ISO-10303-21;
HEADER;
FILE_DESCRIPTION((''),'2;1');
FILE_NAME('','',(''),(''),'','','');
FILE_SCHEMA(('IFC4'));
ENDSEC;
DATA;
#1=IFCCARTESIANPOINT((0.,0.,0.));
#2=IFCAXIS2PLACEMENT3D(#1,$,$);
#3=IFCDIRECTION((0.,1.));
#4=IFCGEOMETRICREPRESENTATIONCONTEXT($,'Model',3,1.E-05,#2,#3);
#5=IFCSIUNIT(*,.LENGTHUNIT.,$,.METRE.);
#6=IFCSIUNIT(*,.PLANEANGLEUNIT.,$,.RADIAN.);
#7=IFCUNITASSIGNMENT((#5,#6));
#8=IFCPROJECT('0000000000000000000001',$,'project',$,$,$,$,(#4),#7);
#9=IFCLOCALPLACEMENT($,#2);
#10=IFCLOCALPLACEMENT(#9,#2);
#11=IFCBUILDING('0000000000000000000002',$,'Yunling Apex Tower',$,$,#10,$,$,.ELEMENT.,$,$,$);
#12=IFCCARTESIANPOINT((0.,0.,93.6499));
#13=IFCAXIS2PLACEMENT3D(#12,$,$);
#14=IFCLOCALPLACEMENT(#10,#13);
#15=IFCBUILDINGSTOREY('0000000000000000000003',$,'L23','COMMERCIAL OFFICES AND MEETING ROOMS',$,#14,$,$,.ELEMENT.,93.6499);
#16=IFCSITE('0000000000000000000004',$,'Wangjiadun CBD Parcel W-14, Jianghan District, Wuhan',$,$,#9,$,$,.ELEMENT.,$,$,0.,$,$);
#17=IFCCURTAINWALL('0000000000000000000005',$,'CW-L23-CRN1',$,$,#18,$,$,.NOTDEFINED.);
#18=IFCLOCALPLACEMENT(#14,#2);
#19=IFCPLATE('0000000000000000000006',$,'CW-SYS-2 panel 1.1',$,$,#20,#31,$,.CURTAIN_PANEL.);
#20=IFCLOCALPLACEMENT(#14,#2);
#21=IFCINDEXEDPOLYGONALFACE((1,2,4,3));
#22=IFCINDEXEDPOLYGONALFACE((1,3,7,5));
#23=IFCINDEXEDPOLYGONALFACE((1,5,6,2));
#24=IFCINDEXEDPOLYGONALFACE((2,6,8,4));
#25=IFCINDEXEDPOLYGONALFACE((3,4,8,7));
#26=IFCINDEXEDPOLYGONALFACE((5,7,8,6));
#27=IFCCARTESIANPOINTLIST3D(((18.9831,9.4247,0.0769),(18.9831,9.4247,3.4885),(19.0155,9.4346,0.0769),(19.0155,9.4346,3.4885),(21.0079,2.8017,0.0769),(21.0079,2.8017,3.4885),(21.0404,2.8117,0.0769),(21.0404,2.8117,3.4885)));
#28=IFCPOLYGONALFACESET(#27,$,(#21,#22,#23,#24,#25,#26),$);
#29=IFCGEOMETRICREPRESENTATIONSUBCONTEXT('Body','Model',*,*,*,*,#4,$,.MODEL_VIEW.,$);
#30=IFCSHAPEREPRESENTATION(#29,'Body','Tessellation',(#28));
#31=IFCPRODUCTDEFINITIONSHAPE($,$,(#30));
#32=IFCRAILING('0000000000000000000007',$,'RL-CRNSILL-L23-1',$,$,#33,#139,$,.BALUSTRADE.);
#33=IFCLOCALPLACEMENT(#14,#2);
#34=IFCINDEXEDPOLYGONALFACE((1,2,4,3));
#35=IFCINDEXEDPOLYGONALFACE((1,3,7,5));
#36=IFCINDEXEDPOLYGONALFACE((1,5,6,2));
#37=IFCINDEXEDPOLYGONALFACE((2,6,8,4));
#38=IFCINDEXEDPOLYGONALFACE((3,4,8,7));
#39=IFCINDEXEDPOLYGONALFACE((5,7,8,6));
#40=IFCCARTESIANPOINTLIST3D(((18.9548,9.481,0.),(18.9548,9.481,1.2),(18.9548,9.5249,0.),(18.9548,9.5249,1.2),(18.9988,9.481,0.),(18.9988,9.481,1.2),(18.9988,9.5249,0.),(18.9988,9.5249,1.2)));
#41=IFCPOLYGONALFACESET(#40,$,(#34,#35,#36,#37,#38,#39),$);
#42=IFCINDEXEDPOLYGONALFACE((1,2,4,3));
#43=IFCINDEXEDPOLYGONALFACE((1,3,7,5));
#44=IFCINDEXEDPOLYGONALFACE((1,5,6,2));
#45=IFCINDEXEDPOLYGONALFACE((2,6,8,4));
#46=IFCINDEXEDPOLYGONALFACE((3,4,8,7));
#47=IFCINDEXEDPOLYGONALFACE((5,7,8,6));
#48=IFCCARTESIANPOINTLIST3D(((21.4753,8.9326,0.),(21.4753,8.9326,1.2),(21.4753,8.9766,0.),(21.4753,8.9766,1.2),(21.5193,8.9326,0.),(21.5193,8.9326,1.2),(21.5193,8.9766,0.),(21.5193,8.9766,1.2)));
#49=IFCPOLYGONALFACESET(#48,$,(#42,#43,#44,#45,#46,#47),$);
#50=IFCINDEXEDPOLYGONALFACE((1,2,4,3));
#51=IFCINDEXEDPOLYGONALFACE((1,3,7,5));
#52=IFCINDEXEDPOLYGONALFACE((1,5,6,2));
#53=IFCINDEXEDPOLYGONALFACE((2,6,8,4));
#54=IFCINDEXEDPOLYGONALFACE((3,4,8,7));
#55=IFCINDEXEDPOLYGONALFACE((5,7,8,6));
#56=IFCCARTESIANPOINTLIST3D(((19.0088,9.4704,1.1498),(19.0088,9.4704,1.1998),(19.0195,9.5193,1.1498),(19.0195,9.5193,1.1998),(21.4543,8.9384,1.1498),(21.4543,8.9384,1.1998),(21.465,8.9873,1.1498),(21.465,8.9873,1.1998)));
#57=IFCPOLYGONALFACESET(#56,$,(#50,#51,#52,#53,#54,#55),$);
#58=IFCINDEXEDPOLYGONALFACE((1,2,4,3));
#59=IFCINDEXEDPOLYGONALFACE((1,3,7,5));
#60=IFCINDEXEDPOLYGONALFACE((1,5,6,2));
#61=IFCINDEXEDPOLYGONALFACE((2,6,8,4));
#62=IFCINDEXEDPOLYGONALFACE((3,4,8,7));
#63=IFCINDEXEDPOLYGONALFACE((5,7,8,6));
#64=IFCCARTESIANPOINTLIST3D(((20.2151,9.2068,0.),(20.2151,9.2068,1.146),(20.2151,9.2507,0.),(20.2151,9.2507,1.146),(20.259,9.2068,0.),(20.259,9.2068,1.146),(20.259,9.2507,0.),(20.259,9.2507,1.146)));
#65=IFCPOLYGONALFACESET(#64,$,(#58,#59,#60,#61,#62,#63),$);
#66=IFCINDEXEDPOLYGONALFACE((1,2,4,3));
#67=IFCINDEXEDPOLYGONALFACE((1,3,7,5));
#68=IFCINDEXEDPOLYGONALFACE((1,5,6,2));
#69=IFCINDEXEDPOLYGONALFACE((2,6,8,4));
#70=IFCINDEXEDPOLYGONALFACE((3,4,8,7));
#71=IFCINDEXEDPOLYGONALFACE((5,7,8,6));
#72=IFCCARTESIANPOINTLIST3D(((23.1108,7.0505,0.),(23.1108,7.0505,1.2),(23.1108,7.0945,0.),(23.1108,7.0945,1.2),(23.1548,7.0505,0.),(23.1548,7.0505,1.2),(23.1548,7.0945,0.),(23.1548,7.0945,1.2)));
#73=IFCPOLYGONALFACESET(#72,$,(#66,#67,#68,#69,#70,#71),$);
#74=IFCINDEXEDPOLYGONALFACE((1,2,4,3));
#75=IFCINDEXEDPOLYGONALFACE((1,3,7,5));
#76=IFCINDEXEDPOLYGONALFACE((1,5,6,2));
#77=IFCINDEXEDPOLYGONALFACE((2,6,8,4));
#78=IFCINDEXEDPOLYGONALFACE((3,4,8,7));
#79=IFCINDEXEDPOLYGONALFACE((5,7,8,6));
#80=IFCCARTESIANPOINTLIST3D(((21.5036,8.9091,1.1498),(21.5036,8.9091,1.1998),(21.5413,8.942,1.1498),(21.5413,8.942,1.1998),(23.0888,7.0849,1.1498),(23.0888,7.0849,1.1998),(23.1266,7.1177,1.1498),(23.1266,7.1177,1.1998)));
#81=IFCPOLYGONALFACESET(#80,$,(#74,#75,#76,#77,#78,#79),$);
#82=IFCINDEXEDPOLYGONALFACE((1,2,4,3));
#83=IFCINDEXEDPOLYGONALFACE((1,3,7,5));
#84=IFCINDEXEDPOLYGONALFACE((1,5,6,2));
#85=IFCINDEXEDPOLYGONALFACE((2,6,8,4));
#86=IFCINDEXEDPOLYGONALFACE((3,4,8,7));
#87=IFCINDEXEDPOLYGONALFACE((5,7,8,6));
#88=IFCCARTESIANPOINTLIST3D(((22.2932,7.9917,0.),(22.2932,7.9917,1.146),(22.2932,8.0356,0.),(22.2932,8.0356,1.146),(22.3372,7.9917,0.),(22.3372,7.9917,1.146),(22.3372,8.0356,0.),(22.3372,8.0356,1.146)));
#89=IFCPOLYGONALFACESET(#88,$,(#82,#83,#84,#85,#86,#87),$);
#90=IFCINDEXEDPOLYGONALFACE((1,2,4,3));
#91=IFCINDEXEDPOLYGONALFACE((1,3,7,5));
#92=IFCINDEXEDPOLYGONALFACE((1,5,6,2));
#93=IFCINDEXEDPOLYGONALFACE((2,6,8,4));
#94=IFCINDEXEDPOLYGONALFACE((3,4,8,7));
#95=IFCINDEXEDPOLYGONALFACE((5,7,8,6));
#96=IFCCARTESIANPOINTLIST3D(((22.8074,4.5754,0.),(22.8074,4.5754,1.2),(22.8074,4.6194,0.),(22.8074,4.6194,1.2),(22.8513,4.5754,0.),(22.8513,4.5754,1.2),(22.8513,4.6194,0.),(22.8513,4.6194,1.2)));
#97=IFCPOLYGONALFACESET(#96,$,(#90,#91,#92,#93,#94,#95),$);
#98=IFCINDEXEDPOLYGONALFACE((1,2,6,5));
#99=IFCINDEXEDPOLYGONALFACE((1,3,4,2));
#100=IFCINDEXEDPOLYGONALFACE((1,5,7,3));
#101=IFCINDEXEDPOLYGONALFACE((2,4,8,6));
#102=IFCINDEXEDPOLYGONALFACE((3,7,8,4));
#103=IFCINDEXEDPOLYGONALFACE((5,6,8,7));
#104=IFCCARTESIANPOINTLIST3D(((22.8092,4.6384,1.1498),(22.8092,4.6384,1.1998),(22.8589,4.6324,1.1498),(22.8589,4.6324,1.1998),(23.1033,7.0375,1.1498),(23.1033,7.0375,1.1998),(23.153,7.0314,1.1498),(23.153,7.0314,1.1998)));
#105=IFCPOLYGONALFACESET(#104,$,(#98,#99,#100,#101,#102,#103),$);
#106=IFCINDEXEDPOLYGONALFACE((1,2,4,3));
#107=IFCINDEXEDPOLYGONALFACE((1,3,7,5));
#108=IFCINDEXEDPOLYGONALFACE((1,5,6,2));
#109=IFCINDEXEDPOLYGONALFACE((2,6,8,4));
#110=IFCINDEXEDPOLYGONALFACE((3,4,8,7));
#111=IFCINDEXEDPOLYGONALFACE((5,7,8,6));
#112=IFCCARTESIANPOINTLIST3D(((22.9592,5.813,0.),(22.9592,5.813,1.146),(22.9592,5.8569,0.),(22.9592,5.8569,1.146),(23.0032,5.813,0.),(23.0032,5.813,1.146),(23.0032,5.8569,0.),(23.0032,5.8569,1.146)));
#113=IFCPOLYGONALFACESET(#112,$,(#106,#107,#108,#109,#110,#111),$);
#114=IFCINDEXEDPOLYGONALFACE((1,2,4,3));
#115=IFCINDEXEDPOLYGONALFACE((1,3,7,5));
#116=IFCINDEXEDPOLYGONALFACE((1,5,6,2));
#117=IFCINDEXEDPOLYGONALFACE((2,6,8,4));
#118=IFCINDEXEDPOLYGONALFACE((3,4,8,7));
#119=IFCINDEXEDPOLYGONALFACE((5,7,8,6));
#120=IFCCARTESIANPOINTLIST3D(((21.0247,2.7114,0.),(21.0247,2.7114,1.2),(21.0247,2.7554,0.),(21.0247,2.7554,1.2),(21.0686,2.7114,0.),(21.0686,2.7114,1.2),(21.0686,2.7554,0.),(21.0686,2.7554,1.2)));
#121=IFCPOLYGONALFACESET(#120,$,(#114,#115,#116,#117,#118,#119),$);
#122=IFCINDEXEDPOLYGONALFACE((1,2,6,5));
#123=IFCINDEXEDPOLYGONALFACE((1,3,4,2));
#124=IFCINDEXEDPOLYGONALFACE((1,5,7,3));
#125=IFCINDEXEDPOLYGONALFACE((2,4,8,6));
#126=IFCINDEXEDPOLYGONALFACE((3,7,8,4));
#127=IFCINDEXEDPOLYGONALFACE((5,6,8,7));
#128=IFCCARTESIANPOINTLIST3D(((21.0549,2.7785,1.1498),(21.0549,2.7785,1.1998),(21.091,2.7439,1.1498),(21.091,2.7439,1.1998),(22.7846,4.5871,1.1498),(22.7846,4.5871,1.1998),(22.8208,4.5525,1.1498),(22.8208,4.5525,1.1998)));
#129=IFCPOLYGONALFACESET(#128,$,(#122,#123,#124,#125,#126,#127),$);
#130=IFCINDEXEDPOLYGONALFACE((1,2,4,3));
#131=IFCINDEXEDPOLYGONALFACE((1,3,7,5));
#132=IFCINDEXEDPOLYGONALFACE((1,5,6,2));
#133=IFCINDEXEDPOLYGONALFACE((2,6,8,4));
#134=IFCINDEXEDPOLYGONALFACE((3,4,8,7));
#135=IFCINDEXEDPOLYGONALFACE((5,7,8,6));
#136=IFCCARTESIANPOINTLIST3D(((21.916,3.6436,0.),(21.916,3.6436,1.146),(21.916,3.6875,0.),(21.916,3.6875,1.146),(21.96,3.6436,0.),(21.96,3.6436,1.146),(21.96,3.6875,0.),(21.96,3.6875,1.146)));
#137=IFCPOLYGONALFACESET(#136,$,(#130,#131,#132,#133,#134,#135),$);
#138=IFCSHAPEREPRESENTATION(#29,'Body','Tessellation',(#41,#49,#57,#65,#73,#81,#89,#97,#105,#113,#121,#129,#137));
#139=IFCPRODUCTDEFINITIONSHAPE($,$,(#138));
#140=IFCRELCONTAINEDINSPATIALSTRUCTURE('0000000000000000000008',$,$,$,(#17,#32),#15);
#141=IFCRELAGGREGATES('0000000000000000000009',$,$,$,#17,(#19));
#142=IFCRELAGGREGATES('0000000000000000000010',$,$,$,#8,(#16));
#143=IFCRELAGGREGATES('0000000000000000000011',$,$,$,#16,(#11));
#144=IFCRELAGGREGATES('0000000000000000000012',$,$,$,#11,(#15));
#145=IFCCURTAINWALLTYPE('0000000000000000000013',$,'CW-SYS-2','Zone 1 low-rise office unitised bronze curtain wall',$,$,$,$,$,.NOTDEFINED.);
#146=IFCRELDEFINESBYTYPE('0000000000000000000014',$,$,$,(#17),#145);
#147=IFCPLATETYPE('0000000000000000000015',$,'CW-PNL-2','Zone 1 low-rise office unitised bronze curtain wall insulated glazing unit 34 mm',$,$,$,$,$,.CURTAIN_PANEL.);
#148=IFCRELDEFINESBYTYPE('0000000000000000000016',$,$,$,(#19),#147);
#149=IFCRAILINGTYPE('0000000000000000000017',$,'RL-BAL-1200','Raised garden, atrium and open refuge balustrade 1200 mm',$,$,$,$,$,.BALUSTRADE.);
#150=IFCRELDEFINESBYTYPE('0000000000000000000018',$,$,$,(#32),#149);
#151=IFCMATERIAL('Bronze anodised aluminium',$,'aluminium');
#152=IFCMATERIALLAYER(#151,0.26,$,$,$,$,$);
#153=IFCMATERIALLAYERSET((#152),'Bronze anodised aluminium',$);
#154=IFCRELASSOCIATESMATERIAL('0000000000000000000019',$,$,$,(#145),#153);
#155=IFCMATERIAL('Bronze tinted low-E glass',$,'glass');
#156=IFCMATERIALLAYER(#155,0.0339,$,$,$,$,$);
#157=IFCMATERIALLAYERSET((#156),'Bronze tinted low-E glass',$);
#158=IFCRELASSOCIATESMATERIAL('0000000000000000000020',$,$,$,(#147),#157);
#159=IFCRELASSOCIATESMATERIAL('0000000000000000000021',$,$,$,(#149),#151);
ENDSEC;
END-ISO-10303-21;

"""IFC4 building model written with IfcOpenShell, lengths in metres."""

from ifc_helpers import new_model, si_unit, direction, frame, origin, origin_2d, place, context, subcontext, project, spatial, rectangle, extrude, source, transform, mapped, material, layer, layer_set, type_object, element, aggregate, save


model = new_model("IFC4")

# Units and contexts
model_context = context("Model", 3, precision=1e-05, world=origin(), true_north=direction((0.0, 1.0)))
body_context = subcontext(model_context, "Body", "Model", "MODEL_VIEW")
ifc_project = project(units=[si_unit("LENGTHUNIT", "METRE"), si_unit("PLANEANGLEUNIT", "RADIAN")], contexts=[model_context])

# Site, building, storey
site_placement = place(None, origin())
site = spatial("IfcSite", under=ifc_project, at=site_placement, Name="Wangjiadun CBD Parcel W-14, Jianghan District, Wuhan", CompositionType="ELEMENT", RefElevation=0.0)
building_placement = place(site_placement, origin())
building = spatial("IfcBuilding", under=site, at=building_placement, Name="Yunling Apex Tower", CompositionType="ELEMENT")
storey_placement = place(building_placement, frame((0.0, 0.0, 93.6499)))
storey = spatial("IfcBuildingStorey", under=building, at=storey_placement, Name="L23", Description="COMMERCIAL OFFICES AND MEETING ROOMS", CompositionType="ELEMENT", Elevation=93.6499)

# Shared definitions
ifc_material_1 = material(Name="Bronze anodised aluminium", Category="aluminium")
ifc_layer_1 = layer(ifc_material_1, 0.26)
ifc_layer_set_1 = layer_set([ifc_layer_1], Name="Bronze anodised aluminium")
curtain_wall_type = type_object("IfcCurtainWallType", Name="CW-SYS-2", Description="Zone 1 low-rise office unitised bronze curtain wall", PredefinedType="NOTDEFINED", material=ifc_layer_set_1)

# Curtain wall
curtain_wall_1_placement = place(storey_placement, origin())
curtain_wall_1 = element("IfcCurtainWall", 1, at=curtain_wall_1_placement, inside=storey, type_object=curtain_wall_type, Name="CW-L23-CRN1", PredefinedType="NOTDEFINED")

# Plate
ifc_material_2 = material(Name="Bronze tinted low-E glass", Category="glass")
ifc_layer_2 = layer(ifc_material_2, 0.0339)
ifc_layer_set_2 = layer_set([ifc_layer_2], Name="Bronze tinted low-E glass")
plate_type = type_object("IfcPlateType", Name="CW-PNL-2", Description="Zone 1 low-rise office unitised bronze curtain wall insulated glazing unit 34 mm", PredefinedType="CURTAIN_PANEL", material=ifc_layer_set_2)
shared_shape_1 = source(origin(), body_context, "Body", "SweptSolid", [
    extrude(rectangle(XDim=6.9255, YDim=0.0339, at=origin_2d()), origin(), (0.0, 0.0, 1.0), 3.4116),
])
plate_1_placement = place(storey_placement, frame((20.0117, 6.1182, 0.0769), z_axis=(0.0, 0.0, 1.0), x_axis=(-0.292375, 0.956304, 0.0)))
plate_1 = element("IfcPlate", 2, at=plate_1_placement, type_object=plate_type, Name="CW-SYS-2 panel 1.1", PredefinedType="CURTAIN_PANEL", context=body_context, shape_type="MappedRepresentation", body=[
    mapped(shared_shape_1, transform((0.0, 0.0, 0.0), scale=1.0)),
])
aggregate(curtain_wall_1, [plate_1])

# Railing
railing_type = type_object("IfcRailingType", Name="RL-BAL-1200", Description="Raised garden, atrium and open refuge balustrade 1200 mm", PredefinedType="BALUSTRADE", material=ifc_material_1)
railing_placement = place(storey_placement, frame((18.9768, 9.5029, 0.0)))
element("IfcRailing", 3, at=railing_placement, inside=storey, type_object=railing_type, Name="RL-CRNSILL-L23-1", PredefinedType="BALUSTRADE", context=body_context, shape_type="SweptSolid", body=[
    extrude(rectangle(XDim=0.0439, YDim=0.0439, at=origin_2d()), origin(), (0.0, 0.0, 1.0), 1.2),
    extrude(rectangle(XDim=0.0439, YDim=0.0439, at=origin_2d()), frame((2.5205, -0.5483, 0.0)), (0.0, 0.0, 1.0), 1.2),
    extrude(rectangle(XDim=0.05, YDim=0.05, at=origin_2d()), frame((0.0374, -0.0081, 1.1748), z_axis=(0.977144, -0.212579, 0.0), x_axis=(0.212579, 0.977144, 0.0)), (0.0, 0.0, 1.0), 2.5027),
    extrude(rectangle(XDim=0.0439, YDim=0.0439, at=origin_2d()), frame((1.2603, -0.2742, 0.0)), (0.0, 0.0, 1.0), 1.146),
    extrude(rectangle(XDim=0.0439, YDim=0.0439, at=origin_2d()), frame((4.156, -2.4304, 0.0)), (0.0, 0.0, 1.0), 1.2),
    extrude(rectangle(XDim=0.05, YDim=0.05, at=origin_2d()), frame((2.5457, -0.5774, 1.1748), z_axis=(0.655929, -0.754823, 0.0), x_axis=(0.754823, 0.655929, 0.0)), (0.0, 0.0, 1.0), 2.4167),
    extrude(rectangle(XDim=0.0439, YDim=0.0439, at=origin_2d()), frame((3.3384, -1.4893, 0.0)), (0.0, 0.0, 1.0), 1.146),
    extrude(rectangle(XDim=0.0439, YDim=0.0439, at=origin_2d()), frame((3.8525, -4.9055, 0.0)), (0.0, 0.0, 1.0), 1.2),
    extrude(rectangle(XDim=0.05, YDim=0.05, at=origin_2d()), frame((4.1514, -2.4685, 1.1748), z_axis=(-0.121697, -0.992567, 0.0), x_axis=(0.992567, -0.121697, 0.0)), (0.0, 0.0, 1.0), 2.417),
    extrude(rectangle(XDim=0.0439, YDim=0.0439, at=origin_2d()), frame((4.0044, -3.668, 0.0)), (0.0, 0.0, 1.0), 1.146),
    extrude(rectangle(XDim=0.0439, YDim=0.0439, at=origin_2d()), frame((2.0698, -6.7695, 0.0)), (0.0, 0.0, 1.0), 1.2),
    extrude(rectangle(XDim=0.05, YDim=0.05, at=origin_2d()), frame((3.8259, -4.9331, 1.1748), z_axis=(-0.691171, -0.722691, 0.0), x_axis=(0.722691, -0.691171, 0.0)), (0.0, 0.0, 1.0), 2.5027),
    extrude(rectangle(XDim=0.0439, YDim=0.0439, at=origin_2d()), frame((2.9612, -5.8374, 0.0)), (0.0, 0.0, 1.0), 1.146),
])

save(model, "model.ifc")
